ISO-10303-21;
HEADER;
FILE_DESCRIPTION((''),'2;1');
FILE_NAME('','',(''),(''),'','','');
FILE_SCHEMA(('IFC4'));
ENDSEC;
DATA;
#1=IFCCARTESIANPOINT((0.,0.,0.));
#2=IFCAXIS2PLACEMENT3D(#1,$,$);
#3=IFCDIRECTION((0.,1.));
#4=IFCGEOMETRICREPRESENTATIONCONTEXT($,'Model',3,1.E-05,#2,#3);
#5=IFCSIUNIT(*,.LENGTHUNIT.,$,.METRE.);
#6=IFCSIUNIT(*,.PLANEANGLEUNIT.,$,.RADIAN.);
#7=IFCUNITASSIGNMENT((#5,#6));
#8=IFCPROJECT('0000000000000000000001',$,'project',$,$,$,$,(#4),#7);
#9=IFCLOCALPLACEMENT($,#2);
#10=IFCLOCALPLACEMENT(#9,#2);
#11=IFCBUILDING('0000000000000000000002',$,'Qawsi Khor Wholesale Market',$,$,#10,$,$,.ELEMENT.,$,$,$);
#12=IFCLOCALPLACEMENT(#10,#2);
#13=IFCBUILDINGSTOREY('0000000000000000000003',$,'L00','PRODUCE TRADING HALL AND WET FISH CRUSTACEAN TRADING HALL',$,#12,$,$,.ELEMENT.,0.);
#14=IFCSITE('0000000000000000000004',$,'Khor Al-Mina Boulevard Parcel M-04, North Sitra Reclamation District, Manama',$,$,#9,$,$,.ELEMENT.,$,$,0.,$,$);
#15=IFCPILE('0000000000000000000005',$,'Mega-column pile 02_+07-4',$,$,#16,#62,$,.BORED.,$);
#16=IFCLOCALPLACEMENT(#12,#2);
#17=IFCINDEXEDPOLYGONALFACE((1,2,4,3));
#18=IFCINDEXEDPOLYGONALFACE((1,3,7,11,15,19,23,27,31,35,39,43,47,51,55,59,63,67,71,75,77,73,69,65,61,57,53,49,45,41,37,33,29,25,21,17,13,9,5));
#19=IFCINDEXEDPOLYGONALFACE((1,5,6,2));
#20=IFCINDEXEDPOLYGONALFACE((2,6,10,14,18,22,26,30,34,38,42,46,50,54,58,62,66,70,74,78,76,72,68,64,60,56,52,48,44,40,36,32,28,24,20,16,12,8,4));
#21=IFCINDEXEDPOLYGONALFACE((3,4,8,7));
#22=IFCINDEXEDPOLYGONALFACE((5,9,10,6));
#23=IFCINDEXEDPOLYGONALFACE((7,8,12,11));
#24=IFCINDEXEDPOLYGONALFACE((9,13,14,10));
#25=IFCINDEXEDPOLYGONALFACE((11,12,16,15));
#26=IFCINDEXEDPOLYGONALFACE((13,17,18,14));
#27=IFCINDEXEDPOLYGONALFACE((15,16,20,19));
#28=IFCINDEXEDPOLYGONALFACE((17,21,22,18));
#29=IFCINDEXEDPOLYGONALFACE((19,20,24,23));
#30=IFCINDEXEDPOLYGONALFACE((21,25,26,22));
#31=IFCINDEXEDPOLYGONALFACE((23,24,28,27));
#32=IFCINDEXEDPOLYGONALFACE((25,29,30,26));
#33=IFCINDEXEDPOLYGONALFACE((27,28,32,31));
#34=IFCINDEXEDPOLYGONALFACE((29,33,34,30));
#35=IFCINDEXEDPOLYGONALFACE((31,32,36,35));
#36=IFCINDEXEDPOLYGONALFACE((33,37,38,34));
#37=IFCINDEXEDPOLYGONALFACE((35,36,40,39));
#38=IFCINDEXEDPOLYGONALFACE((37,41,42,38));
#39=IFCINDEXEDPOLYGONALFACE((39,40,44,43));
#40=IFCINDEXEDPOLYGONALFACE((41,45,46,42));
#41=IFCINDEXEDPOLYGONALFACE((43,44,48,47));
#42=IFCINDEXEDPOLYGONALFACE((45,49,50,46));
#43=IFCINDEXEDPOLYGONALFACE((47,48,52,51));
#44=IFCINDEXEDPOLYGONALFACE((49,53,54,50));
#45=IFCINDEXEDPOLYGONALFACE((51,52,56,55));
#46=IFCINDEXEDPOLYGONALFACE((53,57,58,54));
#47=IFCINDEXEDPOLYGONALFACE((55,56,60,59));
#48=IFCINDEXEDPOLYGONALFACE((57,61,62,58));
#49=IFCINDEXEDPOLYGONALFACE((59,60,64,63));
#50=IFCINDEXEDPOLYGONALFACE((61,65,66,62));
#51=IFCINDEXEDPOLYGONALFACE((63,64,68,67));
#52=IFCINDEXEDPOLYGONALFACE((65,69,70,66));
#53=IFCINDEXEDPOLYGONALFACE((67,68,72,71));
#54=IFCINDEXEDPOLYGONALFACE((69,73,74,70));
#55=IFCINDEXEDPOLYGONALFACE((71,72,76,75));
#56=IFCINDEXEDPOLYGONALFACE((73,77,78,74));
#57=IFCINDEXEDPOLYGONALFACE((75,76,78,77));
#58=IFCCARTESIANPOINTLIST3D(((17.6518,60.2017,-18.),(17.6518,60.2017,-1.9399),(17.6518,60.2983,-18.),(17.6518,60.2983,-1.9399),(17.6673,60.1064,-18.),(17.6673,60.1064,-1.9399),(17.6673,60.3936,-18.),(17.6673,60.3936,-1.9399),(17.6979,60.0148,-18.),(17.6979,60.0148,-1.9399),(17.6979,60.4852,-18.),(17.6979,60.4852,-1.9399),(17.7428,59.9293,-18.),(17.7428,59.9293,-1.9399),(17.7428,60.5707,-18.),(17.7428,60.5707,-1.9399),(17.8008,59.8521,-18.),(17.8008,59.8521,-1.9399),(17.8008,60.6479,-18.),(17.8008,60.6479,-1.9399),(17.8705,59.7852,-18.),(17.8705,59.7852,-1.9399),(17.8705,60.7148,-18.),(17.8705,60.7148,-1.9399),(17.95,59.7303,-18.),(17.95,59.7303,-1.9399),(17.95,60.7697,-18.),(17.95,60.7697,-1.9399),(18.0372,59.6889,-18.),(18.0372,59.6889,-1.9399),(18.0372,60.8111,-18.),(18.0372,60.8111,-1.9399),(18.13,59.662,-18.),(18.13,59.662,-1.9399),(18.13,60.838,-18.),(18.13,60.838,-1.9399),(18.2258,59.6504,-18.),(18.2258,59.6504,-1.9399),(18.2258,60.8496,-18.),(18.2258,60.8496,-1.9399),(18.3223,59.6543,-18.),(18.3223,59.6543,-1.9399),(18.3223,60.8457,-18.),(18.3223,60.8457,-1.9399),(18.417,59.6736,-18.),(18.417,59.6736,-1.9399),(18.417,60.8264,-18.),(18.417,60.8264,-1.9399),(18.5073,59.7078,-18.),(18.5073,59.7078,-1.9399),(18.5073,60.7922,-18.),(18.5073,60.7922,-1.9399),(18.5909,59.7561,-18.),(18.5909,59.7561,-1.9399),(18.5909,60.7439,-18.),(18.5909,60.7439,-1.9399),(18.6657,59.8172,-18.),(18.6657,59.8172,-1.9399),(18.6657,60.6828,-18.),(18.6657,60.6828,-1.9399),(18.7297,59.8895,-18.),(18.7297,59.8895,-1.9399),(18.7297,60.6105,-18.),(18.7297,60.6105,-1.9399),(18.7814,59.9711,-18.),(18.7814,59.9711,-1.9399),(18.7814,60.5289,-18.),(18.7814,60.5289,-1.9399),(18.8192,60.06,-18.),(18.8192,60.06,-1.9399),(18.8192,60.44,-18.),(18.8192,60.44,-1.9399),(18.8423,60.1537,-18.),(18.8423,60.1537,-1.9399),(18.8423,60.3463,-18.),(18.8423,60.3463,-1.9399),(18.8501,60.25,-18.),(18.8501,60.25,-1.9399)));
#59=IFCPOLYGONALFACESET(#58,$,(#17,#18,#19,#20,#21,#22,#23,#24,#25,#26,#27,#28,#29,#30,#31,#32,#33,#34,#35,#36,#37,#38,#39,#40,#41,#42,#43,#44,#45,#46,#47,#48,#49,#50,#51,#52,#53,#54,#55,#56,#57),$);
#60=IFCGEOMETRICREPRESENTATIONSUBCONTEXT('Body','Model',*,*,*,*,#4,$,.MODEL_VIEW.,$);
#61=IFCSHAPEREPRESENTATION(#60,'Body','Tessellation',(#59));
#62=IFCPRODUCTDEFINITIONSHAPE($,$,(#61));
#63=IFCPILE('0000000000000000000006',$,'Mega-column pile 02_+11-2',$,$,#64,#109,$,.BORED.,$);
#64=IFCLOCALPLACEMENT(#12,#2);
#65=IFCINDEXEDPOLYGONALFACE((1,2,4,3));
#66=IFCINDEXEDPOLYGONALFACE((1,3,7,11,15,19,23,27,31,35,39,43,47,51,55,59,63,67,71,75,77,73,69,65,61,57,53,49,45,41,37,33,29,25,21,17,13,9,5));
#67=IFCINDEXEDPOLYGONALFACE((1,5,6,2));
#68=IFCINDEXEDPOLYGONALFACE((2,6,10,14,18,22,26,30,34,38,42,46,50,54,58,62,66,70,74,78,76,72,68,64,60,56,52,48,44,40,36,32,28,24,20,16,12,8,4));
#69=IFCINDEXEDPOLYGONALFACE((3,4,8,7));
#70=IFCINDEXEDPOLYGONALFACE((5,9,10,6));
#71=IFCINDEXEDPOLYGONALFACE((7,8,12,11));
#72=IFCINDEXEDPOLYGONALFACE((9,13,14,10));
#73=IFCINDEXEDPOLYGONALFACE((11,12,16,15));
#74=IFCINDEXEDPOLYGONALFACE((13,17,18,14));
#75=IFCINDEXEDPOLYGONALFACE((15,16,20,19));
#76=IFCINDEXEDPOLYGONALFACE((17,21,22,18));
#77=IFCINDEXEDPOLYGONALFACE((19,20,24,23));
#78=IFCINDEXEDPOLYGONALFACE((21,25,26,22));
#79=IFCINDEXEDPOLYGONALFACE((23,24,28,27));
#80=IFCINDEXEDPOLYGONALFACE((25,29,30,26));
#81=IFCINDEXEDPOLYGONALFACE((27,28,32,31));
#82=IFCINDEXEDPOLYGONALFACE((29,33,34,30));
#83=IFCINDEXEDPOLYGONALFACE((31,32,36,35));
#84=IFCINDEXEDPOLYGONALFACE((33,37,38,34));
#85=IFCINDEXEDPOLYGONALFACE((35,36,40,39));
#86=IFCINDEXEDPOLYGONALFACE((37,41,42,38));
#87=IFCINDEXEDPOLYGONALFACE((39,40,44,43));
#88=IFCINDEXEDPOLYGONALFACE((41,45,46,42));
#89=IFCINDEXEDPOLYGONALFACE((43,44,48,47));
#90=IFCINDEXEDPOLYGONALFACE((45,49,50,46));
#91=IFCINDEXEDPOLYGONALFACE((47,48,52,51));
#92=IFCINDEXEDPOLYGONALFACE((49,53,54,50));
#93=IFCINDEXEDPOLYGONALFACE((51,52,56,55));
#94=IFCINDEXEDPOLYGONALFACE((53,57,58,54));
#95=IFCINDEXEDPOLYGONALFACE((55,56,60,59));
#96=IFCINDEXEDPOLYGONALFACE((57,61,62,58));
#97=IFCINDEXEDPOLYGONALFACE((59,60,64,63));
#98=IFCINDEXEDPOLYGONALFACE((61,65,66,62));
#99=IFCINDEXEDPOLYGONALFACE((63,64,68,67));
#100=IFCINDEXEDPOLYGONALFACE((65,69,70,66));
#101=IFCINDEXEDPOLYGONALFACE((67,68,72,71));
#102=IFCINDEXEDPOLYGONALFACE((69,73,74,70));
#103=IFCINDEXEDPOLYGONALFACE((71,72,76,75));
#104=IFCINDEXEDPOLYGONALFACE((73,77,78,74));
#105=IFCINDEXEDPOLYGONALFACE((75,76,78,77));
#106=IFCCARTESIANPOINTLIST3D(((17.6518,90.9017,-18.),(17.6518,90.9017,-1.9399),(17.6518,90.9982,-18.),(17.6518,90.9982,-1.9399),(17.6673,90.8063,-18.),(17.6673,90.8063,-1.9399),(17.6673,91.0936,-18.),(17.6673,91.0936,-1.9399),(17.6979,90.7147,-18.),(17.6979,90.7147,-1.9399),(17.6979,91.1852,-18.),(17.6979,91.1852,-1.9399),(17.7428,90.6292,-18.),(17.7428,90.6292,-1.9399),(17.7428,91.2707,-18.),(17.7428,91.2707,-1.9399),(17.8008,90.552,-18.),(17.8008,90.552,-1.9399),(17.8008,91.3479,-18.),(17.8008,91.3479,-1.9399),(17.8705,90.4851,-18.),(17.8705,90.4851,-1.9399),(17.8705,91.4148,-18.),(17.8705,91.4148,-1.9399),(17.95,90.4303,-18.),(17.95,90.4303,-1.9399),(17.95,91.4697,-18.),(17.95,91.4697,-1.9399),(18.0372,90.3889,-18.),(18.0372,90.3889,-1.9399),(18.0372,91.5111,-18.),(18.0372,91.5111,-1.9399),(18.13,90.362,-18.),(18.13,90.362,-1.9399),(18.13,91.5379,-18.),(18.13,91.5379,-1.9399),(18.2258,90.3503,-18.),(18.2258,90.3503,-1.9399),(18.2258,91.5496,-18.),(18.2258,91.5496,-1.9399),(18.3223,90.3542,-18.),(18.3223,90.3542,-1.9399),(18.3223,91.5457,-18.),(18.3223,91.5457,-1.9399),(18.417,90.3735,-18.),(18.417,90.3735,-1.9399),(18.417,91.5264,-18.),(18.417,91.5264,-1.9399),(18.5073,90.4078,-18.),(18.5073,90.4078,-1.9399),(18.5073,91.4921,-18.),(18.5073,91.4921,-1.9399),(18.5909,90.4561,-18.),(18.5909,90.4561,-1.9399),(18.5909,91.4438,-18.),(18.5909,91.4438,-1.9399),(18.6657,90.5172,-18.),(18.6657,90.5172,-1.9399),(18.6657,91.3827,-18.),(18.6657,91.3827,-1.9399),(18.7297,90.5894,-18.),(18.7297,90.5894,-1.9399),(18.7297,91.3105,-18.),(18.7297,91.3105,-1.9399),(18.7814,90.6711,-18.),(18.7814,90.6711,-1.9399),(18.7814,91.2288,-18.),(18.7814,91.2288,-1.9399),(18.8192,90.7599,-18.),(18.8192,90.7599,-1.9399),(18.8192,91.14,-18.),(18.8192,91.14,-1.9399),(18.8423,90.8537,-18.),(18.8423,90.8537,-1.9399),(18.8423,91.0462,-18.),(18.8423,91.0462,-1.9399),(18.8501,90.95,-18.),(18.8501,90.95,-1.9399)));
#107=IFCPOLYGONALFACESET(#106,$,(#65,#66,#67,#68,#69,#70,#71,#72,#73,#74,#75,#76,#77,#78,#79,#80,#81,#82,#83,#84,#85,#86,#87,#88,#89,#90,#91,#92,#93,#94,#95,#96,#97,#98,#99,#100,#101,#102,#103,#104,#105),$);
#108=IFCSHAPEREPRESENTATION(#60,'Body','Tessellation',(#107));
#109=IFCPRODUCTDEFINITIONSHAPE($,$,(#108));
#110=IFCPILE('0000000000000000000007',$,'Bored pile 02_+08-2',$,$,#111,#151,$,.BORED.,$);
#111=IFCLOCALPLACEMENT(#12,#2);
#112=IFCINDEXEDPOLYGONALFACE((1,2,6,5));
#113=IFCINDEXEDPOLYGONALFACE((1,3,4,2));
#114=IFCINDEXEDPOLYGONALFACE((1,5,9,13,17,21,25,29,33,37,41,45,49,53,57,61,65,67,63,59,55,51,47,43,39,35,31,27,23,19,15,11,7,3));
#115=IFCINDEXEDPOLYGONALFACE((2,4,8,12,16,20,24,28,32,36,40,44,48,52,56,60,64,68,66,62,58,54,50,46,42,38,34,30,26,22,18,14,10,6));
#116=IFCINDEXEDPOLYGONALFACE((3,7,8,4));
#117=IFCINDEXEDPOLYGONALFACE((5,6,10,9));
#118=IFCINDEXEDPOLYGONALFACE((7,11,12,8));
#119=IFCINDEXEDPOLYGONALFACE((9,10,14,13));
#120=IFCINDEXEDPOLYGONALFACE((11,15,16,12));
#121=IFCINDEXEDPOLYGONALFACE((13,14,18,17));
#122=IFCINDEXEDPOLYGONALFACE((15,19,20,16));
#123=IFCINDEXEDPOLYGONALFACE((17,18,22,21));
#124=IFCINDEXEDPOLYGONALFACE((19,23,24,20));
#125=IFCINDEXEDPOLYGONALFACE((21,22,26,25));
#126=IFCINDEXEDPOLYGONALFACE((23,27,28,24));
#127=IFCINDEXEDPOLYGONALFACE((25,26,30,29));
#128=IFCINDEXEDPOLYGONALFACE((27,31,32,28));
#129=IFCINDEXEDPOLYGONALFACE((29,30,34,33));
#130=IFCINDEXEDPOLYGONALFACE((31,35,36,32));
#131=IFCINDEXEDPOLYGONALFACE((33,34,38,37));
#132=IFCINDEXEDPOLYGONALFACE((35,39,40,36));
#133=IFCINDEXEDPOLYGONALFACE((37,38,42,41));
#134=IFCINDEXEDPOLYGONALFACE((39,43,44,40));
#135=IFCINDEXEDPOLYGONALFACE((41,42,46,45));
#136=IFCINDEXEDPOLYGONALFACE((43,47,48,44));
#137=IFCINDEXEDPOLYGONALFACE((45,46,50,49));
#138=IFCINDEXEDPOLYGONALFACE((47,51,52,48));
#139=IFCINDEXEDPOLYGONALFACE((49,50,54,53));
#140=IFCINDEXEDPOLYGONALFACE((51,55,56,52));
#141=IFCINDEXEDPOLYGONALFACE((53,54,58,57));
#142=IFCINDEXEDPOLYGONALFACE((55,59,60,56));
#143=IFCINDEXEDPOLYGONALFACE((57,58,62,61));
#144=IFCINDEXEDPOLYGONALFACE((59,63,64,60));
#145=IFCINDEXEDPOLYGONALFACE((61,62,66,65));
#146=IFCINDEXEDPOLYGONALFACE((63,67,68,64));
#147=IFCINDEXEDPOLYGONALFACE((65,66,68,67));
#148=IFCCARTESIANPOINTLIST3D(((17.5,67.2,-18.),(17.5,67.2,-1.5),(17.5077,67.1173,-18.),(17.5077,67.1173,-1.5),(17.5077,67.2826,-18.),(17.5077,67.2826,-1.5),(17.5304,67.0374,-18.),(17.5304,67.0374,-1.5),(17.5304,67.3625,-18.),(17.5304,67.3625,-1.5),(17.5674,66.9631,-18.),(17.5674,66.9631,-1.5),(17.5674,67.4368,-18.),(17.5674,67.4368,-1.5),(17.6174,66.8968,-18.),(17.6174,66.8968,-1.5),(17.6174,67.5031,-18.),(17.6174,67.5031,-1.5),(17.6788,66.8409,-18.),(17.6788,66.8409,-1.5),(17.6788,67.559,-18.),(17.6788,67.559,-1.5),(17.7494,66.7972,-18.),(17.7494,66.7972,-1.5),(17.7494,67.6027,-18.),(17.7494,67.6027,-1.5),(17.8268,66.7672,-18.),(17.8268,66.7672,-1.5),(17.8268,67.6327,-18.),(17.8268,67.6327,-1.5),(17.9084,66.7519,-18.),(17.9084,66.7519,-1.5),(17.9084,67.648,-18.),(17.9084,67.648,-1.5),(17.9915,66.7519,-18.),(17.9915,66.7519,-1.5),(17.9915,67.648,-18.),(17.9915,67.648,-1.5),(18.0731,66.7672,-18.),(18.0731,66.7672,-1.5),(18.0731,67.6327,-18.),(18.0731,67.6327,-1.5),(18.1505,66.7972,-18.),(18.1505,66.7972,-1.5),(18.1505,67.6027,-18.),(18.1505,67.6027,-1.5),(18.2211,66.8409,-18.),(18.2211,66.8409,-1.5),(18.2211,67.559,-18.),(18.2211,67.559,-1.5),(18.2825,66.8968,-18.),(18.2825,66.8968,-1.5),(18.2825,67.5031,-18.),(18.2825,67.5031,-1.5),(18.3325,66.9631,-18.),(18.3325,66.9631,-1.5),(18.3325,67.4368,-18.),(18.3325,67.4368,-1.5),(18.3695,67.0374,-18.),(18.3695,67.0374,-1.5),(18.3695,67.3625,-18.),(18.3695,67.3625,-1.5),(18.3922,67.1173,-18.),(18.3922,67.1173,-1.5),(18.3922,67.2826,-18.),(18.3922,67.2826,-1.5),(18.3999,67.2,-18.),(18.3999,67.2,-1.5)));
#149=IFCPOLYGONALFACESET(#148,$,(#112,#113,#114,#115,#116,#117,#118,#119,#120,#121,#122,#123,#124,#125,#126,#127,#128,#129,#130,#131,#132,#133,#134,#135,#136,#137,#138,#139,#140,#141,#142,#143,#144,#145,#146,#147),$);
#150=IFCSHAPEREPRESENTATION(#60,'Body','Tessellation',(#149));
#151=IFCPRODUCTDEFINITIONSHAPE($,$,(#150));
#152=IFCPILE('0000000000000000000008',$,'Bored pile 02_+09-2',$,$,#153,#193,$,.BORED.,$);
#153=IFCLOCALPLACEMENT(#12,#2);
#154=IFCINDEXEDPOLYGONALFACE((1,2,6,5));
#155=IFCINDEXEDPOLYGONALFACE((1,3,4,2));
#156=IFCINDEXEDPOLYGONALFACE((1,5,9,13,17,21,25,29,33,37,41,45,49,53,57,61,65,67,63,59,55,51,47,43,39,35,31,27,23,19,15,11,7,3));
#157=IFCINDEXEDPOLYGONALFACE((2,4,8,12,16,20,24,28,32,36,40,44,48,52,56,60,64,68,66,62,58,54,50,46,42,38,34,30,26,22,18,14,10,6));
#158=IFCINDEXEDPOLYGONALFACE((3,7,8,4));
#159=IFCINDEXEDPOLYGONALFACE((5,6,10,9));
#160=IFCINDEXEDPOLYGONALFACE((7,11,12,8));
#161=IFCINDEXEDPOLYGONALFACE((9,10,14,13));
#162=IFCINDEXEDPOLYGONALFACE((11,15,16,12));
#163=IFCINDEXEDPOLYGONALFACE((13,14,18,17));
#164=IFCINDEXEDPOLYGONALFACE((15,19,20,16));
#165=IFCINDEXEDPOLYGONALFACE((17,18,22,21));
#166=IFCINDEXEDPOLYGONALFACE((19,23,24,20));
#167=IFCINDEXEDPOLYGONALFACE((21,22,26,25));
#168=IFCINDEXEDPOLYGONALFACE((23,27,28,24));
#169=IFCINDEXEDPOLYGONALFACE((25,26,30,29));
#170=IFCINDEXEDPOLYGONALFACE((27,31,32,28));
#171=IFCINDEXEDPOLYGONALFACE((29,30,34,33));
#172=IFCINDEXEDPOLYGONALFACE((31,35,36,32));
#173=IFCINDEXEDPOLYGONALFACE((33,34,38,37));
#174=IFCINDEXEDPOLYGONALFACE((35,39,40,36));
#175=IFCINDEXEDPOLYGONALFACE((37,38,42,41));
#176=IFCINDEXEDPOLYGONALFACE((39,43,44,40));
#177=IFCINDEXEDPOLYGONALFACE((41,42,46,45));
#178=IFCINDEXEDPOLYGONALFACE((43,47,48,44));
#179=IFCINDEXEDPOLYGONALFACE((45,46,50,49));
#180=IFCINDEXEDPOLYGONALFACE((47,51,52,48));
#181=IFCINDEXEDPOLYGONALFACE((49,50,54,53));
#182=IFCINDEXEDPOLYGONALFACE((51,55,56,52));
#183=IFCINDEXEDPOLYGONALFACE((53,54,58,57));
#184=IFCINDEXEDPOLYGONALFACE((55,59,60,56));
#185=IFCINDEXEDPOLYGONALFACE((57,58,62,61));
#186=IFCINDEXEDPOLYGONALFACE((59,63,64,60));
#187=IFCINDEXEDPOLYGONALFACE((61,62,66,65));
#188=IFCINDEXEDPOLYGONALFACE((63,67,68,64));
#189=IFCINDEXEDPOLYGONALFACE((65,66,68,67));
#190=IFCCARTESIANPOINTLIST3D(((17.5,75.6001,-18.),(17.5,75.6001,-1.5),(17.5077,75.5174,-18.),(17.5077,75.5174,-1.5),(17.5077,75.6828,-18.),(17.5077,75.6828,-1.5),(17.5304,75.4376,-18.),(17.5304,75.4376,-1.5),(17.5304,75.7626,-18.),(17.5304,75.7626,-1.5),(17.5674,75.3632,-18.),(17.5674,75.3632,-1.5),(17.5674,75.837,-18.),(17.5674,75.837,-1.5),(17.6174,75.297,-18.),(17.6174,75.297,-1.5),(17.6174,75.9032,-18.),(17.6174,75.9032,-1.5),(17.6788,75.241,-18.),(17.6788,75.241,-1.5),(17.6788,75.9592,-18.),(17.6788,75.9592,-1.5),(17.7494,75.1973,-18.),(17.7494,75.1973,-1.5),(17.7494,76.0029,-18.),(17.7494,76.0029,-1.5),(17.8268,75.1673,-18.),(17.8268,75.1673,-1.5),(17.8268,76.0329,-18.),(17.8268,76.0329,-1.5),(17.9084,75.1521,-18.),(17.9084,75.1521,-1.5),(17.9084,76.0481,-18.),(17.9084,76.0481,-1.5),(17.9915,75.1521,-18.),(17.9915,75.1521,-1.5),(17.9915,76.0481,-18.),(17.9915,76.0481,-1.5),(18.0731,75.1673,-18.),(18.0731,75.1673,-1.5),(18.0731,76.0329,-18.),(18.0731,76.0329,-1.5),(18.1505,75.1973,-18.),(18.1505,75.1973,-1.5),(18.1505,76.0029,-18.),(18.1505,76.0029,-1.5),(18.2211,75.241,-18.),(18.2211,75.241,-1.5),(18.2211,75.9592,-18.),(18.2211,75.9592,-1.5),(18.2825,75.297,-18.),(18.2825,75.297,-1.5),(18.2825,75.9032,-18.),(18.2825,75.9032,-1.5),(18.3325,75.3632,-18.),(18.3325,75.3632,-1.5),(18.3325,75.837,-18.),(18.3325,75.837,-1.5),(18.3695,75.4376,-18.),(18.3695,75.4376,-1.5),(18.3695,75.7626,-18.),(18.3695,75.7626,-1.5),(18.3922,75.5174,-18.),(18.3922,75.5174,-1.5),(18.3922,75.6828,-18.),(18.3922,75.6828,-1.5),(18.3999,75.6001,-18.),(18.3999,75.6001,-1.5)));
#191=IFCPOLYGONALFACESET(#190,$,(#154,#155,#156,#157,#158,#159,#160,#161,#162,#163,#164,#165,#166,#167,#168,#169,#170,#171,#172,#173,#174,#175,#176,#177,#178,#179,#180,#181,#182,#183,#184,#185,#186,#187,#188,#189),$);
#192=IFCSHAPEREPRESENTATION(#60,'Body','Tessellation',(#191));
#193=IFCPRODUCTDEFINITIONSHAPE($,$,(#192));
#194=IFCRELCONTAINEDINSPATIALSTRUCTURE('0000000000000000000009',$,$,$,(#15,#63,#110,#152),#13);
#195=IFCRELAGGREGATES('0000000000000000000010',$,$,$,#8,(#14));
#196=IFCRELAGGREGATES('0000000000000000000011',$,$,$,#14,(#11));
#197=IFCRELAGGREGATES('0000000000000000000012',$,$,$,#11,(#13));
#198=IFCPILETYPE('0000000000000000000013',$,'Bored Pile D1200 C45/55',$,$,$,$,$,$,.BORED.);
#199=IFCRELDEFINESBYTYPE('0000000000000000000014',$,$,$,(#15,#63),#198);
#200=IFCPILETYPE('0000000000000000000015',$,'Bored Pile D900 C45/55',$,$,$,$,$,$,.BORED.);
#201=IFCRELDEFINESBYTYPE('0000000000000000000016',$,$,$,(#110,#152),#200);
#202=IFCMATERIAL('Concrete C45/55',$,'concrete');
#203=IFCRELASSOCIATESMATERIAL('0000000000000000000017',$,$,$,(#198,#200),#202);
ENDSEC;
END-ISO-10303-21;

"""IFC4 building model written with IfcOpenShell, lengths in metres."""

from ifc_helpers import new_model, si_unit, direction, frame, origin, origin_2d, place, context, subcontext, project, spatial, circle, extrude, material, material_profile, profile_set, type_object, element, save


model = new_model("IFC4")

# Units and contexts
model_context = context("Model", 3, precision=1e-05, world=origin(), true_north=direction((0.0, 1.0)))
body_context = subcontext(model_context, "Body", "Model", "MODEL_VIEW")
ifc_project = project(units=[si_unit("LENGTHUNIT", "METRE"), si_unit("PLANEANGLEUNIT", "RADIAN")], contexts=[model_context])

# Site, building, storey
site_placement = place(None, origin())
site = spatial("IfcSite", under=ifc_project, at=site_placement, Name="Khor Al-Mina Boulevard Parcel M-04, North Sitra Reclamation District, Manama", CompositionType="ELEMENT", RefElevation=0.0)
building_placement = place(site_placement, origin())
building = spatial("IfcBuilding", under=site, at=building_placement, Name="Qawsi Khor Wholesale Market", CompositionType="ELEMENT")
storey_placement = place(building_placement, origin())
storey = spatial("IfcBuildingStorey", under=building, at=storey_placement, Name="L00", Description="PRODUCE TRADING HALL AND WET FISH CRUSTACEAN TRADING HALL", CompositionType="ELEMENT", Elevation=0.0)

# Piles
ifc_material_1 = material(Name="Concrete C45/55", Category="concrete")
ifc_material_profile_1 = material_profile(ifc_material_1, circle(Radius=0.6001, at=origin_2d()), Name="PILE D1200")
ifc_profile_set_1 = profile_set([ifc_material_profile_1], Name="Concrete C45/55")
pile_type_1 = type_object("IfcPileType", Name="Bored Pile D1200 C45/55", PredefinedType="BORED", material=ifc_profile_set_1)
for number, where, z_axis, x_axis, name in (
    (1, (18.25, 60.25, -1.9399), (0.0, 0.0, -1.0), (1.0, 0.0, 0.0), "Mega-column pile 02_+07-4"),
    (2, (18.25, 90.95, -1.9399), (0.0, 0.0, -1.0), (1.0, 0.0, 0.0), "Mega-column pile 02_+11-2"),
):
    element("IfcPile", number, at=place(storey_placement, frame(where, z_axis=z_axis, x_axis=x_axis)), inside=storey, type_object=pile_type_1, Name=name, PredefinedType="BORED", context=body_context, shape_type="SweptSolid", body=[
        extrude(circle(Radius=0.6001, at=origin_2d()), origin(), (0.0, 0.0, 1.0), 16.0601),
    ])
ifc_material_profile_2 = material_profile(ifc_material_1, circle(Radius=0.45, at=origin_2d()), Name="PILE D900")
ifc_profile_set_2 = profile_set([ifc_material_profile_2], Name="Concrete C45/55")
pile_type_2 = type_object("IfcPileType", Name="Bored Pile D900 C45/55", PredefinedType="BORED", material=ifc_profile_set_2)
for number, where, z_axis, x_axis, name in (
    (3, (17.95, 67.2, -1.5), (0.0, 0.0, -1.0), (1.0, 0.0, 0.0), "Bored pile 02_+08-2"),
    (4, (17.95, 75.6001, -1.5), (0.0, 0.0, -1.0), (1.0, 0.0, 0.0), "Bored pile 02_+09-2"),
):
    element("IfcPile", number, at=place(storey_placement, frame(where, z_axis=z_axis, x_axis=x_axis)), inside=storey, type_object=pile_type_2, Name=name, PredefinedType="BORED", context=body_context, shape_type="SweptSolid", body=[
        extrude(circle(Radius=0.45, at=origin_2d()), origin(), (0.0, 0.0, 1.0), 16.5),
    ])

save(model, "model.ifc")
